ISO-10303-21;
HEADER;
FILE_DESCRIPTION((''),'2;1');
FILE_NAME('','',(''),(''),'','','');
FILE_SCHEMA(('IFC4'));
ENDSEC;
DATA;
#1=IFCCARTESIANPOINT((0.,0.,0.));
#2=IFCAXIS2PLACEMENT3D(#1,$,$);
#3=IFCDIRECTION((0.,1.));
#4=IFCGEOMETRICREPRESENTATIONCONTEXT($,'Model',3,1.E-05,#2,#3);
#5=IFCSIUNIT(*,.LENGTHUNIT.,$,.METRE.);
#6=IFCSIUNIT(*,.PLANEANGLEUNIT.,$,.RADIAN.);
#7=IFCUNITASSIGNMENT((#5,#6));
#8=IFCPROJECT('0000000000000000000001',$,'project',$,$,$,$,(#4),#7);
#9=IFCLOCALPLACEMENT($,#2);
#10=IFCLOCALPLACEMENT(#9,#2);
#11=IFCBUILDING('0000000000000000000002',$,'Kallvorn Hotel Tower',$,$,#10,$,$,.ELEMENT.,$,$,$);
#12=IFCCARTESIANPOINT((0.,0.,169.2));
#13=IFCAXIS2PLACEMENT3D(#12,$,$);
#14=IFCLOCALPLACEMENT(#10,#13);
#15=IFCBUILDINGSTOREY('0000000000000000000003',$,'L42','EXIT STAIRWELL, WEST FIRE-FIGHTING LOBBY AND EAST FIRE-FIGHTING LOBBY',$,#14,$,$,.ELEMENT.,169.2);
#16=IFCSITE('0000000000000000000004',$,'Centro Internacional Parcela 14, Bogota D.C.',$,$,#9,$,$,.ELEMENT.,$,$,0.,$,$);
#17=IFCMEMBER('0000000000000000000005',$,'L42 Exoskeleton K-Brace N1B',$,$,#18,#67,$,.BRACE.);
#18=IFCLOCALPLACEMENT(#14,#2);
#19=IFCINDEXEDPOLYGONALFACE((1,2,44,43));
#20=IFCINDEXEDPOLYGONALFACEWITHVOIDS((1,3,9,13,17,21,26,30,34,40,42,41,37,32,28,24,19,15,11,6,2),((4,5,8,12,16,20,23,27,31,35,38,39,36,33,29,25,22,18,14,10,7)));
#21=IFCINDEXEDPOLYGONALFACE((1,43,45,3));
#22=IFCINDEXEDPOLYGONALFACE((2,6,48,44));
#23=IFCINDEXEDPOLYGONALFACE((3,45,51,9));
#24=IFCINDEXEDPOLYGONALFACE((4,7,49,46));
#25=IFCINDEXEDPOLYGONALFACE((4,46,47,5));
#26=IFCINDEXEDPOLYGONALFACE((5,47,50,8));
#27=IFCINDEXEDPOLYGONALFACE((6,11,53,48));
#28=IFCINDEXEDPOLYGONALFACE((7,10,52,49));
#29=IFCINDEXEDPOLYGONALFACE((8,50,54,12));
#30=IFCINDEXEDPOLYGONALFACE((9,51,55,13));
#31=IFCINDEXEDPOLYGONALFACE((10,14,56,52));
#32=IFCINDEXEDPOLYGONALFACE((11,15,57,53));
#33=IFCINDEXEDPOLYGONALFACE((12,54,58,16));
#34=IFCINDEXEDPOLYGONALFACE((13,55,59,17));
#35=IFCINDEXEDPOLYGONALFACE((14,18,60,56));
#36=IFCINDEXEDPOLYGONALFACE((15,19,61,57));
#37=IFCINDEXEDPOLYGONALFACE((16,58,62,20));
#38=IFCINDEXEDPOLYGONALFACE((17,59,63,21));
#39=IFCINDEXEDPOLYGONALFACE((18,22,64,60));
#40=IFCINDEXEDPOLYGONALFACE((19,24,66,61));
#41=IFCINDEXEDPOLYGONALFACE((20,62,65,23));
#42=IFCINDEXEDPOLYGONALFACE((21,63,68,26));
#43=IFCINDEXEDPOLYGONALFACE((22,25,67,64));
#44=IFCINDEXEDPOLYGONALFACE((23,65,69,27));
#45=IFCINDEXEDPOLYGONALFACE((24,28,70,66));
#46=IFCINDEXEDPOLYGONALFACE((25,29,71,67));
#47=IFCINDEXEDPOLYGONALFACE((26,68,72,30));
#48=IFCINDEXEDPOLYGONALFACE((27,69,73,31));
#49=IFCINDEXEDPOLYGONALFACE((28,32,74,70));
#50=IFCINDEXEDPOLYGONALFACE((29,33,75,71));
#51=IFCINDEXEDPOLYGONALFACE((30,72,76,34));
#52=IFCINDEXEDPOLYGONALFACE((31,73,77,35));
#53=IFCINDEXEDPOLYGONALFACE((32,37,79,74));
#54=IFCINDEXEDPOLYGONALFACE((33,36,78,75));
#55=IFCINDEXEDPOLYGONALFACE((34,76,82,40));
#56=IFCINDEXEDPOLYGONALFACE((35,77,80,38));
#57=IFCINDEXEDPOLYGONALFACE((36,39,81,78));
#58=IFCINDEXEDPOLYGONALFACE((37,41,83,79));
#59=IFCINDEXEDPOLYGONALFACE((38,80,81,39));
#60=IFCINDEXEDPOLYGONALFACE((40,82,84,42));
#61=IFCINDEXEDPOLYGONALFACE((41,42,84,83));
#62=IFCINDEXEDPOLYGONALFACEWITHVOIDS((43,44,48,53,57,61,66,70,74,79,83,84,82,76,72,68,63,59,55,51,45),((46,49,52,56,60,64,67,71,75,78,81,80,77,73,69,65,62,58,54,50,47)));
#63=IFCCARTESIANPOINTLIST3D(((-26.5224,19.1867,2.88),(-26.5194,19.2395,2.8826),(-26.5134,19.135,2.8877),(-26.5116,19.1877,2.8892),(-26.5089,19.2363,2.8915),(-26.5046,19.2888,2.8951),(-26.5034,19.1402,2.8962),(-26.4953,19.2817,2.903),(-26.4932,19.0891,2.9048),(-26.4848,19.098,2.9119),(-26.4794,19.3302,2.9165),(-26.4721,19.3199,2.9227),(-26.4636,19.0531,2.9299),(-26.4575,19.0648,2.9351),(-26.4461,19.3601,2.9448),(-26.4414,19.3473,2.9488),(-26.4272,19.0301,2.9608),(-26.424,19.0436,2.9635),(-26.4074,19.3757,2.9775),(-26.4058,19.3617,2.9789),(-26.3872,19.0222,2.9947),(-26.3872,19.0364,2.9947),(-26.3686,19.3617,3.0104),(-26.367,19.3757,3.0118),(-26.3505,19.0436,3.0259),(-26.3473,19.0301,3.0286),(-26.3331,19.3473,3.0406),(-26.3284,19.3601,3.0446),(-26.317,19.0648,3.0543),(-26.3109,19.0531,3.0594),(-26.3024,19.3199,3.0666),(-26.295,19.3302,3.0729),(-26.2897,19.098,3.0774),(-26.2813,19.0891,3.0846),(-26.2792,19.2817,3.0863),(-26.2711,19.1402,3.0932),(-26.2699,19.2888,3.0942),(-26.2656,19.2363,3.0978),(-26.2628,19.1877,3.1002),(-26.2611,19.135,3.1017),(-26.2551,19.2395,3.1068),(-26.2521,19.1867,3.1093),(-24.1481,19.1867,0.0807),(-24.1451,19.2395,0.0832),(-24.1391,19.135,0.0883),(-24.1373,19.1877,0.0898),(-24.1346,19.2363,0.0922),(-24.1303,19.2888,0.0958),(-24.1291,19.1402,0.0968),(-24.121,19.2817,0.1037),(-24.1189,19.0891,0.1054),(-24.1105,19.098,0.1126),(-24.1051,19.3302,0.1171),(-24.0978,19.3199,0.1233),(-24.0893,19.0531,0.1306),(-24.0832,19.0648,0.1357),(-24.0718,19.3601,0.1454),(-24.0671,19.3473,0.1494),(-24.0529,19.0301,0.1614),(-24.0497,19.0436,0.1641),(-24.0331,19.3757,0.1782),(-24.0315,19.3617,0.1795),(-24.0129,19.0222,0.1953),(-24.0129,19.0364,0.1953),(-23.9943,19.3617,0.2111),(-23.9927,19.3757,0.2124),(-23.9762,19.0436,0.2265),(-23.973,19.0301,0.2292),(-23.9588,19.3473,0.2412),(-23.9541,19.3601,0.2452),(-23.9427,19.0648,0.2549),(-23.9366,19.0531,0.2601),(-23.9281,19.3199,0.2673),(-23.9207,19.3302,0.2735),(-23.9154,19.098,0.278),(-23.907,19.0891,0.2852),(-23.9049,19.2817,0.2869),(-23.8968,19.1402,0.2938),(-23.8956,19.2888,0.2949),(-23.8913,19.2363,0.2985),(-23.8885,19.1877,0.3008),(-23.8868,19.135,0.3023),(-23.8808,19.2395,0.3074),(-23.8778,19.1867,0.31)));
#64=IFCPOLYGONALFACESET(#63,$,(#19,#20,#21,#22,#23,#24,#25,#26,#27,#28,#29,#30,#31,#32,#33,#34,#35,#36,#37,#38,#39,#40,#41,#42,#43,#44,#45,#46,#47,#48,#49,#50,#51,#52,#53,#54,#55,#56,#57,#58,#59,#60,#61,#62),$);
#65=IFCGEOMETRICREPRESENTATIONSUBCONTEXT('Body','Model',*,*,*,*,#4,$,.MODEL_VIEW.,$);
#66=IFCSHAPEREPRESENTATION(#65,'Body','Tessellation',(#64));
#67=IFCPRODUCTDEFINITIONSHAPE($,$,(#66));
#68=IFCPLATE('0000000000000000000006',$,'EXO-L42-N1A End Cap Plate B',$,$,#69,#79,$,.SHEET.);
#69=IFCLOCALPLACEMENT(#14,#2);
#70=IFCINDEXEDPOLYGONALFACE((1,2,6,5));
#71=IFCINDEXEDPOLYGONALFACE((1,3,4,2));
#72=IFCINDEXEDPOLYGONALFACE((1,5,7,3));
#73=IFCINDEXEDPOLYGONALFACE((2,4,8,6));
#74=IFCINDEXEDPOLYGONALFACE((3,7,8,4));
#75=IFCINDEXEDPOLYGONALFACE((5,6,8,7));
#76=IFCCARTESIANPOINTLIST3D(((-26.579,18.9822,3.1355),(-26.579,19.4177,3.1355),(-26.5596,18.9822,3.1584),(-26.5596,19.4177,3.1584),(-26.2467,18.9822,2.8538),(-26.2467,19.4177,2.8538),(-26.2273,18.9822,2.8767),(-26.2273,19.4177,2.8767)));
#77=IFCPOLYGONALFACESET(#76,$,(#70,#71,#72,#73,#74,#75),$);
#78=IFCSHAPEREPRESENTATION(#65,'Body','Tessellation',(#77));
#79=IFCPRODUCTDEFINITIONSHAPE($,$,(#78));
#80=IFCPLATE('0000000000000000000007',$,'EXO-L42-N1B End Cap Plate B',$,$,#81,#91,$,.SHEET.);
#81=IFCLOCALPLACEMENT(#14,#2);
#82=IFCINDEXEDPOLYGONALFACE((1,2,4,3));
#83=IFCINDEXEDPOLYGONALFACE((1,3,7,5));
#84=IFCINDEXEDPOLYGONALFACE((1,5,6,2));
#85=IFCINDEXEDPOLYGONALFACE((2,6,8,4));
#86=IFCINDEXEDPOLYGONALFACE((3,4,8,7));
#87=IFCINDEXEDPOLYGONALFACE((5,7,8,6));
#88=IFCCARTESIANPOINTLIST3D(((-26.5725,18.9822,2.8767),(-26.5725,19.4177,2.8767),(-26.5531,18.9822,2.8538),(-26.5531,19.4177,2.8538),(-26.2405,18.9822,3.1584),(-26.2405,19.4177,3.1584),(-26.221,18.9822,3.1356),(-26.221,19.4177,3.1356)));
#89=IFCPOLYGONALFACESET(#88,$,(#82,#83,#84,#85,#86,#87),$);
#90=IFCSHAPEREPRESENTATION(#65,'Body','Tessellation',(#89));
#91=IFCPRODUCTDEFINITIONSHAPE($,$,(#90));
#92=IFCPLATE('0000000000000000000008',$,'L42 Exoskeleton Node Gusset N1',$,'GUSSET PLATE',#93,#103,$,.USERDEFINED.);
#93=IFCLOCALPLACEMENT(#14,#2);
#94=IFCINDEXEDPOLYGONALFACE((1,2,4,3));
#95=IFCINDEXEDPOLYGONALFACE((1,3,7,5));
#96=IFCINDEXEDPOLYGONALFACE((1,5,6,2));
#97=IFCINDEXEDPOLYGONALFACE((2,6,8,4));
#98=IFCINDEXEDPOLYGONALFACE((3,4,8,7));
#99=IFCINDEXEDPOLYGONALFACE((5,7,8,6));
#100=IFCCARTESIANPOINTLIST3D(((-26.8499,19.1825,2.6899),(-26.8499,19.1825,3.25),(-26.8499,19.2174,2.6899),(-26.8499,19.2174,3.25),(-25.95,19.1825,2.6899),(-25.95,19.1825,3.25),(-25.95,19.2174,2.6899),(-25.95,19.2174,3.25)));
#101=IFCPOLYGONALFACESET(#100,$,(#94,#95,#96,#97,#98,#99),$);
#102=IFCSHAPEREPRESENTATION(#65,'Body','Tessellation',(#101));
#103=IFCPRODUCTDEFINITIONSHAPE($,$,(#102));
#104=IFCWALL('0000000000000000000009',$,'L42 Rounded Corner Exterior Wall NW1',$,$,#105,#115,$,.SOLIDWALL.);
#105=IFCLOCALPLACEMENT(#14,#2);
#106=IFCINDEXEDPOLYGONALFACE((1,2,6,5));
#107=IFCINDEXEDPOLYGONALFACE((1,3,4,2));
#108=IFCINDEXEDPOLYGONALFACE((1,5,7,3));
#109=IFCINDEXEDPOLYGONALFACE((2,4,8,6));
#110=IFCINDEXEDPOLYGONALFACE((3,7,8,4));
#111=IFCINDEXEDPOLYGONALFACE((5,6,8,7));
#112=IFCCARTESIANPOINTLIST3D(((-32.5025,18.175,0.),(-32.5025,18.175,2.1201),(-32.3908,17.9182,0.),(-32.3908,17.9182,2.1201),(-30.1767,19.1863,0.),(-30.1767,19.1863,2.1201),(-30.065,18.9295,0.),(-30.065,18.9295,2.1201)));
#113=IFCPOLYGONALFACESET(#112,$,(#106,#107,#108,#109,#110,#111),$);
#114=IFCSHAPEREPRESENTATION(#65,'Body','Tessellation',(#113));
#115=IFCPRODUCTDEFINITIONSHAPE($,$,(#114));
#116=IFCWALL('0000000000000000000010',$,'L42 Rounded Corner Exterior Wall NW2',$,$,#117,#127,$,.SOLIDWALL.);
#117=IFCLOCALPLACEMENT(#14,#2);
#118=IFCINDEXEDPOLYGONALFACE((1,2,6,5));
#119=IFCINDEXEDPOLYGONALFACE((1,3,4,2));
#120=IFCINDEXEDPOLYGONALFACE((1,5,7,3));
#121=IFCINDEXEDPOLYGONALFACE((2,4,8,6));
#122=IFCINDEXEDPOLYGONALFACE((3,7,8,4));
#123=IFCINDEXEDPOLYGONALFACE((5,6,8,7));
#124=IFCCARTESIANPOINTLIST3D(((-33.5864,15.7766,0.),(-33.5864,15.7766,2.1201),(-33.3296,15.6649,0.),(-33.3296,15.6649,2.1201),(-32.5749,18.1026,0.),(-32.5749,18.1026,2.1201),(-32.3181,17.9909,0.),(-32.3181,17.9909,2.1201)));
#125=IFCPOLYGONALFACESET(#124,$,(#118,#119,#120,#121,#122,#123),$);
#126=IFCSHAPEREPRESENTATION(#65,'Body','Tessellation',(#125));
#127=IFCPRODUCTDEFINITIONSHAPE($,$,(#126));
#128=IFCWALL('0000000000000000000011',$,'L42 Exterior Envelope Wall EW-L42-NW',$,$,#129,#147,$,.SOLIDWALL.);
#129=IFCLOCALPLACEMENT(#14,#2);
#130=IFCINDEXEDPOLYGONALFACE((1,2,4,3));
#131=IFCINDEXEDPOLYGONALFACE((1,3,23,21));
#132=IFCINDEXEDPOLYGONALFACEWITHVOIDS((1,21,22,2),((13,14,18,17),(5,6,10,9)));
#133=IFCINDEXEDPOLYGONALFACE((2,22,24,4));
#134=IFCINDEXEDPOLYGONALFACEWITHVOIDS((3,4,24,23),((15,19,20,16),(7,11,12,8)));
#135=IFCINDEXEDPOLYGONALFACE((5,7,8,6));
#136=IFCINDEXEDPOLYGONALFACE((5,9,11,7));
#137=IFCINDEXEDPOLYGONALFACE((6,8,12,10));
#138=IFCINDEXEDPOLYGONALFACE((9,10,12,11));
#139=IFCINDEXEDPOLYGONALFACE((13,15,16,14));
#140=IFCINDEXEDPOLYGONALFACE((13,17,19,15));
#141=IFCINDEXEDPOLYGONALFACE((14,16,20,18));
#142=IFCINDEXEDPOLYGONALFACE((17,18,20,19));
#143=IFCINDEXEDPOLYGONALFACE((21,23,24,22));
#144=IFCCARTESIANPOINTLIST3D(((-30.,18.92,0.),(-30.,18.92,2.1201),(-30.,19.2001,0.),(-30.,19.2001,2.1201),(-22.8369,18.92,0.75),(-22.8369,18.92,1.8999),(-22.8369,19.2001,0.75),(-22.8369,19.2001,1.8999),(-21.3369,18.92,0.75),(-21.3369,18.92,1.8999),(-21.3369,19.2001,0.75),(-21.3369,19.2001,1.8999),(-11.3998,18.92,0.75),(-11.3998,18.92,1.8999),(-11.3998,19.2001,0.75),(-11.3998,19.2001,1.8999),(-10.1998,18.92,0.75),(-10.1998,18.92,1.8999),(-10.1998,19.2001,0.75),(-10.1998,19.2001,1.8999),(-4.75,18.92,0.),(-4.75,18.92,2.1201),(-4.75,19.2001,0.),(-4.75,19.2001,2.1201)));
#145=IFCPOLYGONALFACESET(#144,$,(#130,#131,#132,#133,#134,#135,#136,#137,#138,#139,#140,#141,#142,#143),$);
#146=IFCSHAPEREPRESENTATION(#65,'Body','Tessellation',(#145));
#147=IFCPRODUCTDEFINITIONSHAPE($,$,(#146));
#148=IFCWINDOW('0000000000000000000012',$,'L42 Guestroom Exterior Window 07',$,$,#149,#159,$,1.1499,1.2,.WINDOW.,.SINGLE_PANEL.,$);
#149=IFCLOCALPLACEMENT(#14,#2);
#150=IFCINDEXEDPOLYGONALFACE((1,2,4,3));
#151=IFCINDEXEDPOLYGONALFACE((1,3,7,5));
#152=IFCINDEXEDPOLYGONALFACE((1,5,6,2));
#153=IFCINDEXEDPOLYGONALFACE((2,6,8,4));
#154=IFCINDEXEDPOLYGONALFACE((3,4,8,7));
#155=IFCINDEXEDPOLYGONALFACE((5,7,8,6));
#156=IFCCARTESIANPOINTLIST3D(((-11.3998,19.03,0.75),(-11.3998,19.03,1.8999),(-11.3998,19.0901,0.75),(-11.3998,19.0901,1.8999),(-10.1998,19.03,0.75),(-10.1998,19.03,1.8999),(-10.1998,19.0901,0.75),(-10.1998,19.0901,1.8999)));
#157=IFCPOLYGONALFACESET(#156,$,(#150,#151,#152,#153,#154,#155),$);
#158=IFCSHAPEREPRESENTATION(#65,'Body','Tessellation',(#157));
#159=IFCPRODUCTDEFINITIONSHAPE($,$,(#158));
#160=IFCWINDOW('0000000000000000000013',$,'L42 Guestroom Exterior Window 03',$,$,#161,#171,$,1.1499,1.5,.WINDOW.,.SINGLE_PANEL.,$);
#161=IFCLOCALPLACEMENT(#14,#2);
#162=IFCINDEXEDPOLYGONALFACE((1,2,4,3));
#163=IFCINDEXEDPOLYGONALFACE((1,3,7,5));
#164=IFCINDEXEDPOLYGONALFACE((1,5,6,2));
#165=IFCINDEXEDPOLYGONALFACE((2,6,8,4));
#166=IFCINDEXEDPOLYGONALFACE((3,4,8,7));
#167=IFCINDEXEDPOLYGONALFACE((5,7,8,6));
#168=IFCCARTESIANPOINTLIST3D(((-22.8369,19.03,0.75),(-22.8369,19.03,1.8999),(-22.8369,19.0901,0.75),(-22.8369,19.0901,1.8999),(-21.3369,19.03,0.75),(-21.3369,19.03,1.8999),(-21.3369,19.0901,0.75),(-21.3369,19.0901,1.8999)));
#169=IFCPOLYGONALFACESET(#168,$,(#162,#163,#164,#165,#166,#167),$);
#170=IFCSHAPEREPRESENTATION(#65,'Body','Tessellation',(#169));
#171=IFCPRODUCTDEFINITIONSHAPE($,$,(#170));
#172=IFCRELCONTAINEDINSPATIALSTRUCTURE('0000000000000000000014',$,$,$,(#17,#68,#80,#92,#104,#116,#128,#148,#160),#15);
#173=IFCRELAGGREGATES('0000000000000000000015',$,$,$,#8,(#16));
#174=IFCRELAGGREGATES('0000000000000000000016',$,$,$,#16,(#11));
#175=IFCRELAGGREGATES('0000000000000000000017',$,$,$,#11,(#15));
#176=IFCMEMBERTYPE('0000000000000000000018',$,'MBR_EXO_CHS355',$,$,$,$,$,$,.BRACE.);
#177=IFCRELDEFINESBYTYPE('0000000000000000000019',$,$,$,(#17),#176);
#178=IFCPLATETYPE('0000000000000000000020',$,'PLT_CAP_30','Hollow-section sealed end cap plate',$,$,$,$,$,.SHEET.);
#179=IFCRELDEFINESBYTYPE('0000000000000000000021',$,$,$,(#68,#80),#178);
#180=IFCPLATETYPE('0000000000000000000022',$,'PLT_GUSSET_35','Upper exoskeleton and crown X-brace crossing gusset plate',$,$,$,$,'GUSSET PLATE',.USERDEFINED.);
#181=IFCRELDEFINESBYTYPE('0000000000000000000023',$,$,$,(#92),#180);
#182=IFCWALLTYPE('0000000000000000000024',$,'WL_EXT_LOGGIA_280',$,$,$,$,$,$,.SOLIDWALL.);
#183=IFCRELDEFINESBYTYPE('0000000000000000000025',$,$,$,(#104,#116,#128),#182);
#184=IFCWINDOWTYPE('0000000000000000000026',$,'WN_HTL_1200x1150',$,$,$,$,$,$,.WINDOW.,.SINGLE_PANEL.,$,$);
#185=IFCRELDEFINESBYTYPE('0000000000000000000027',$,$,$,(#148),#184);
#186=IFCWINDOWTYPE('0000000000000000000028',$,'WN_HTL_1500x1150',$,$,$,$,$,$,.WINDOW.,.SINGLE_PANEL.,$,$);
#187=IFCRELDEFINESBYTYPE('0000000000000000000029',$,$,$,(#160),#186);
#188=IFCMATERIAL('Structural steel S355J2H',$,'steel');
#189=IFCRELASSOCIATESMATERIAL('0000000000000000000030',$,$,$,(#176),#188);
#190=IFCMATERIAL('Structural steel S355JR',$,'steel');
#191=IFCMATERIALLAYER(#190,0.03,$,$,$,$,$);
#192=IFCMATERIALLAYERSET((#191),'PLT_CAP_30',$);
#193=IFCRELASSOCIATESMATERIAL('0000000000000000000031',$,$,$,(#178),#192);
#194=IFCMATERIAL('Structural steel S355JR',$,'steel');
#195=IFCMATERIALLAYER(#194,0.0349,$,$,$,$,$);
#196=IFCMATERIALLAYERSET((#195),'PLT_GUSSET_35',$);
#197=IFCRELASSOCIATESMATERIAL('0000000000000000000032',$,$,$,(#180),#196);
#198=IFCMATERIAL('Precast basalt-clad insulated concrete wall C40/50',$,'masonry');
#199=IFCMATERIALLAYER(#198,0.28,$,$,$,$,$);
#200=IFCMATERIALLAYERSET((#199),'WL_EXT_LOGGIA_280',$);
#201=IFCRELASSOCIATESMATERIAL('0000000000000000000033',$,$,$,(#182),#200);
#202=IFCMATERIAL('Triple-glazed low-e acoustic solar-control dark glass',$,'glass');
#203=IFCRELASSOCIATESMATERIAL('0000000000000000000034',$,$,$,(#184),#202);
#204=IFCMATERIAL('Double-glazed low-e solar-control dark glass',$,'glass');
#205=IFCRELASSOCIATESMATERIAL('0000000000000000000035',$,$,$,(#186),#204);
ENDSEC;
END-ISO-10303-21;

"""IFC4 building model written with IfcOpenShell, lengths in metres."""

from ifc_helpers import new_model, si_unit, direction, frame, frame_2d, origin, origin_2d, place, context, subcontext, project, spatial, polyline, rectangle, hollow_circle, outline, extrude, material, layer, layer_set, material_profile, profile_set, type_object, element, fill, save


model = new_model("IFC4")

# Units and contexts
model_context = context("Model", 3, precision=1e-05, world=origin(), true_north=direction((0.0, 1.0)))
body_context = subcontext(model_context, "Body", "Model", "MODEL_VIEW")
ifc_project = project(units=[si_unit("LENGTHUNIT", "METRE"), si_unit("PLANEANGLEUNIT", "RADIAN")], contexts=[model_context])

# Site, building, storey
site_placement = place(None, origin())
site = spatial("IfcSite", under=ifc_project, at=site_placement, Name="Centro Internacional Parcela 14, Bogota D.C.", CompositionType="ELEMENT", RefElevation=0.0)
building_placement = place(site_placement, origin())
building = spatial("IfcBuilding", under=site, at=building_placement, Name="Kallvorn Hotel Tower", CompositionType="ELEMENT")
storey_placement = place(building_placement, frame((0.0, 0.0, 169.2)))
storey = spatial("IfcBuildingStorey", under=building, at=storey_placement, Name="L42", Description="EXIT STAIRWELL, WEST FIRE-FIGHTING LOBBY AND EAST FIRE-FIGHTING LOBBY", CompositionType="ELEMENT", Elevation=169.2)

# Member
ifc_material_1 = material(Name="Structural steel S355J2H", Category="steel")
ifc_material_profile_1 = material_profile(ifc_material_1, hollow_circle(Radius=0.1777, WallThickness=0.0142, at=origin_2d()), Name="CHS 355.6x14.2")
ifc_profile_set_1 = profile_set([ifc_material_profile_1], Name="Structural steel S355J2H")
member_type_1 = type_object("IfcMemberType", Name="MBR_EXO_CHS355", PredefinedType="BRACE", material=ifc_profile_set_1)
for number, where, z_axis, x_axis, name in (
    (1, (-24.0129, 19.2, 0.1953), (-0.646833, 0.0, 0.762631), (0.0, -1.0, 0.0), "L42 Exoskeleton K-Brace N1B"),
):
    element("IfcMember", number, at=place(storey_placement, frame(where, z_axis=z_axis, x_axis=x_axis)), inside=storey, type_object=member_type_1, Name=name, PredefinedType="BRACE", context=body_context, shape_type="SweptSolid", body=[
        extrude(hollow_circle(Radius=0.1777, WallThickness=0.0142, at=origin_2d()), origin(), (0.0, 0.0, 1.0), 3.6707),
    ])

# Plates
ifc_material_2 = material(Name="Structural steel S355JR", Category="steel")
ifc_layer_1 = layer(ifc_material_2, 0.03)
ifc_layer_set_1 = layer_set([ifc_layer_1], Name="PLT_CAP_30")
plate_type_1 = type_object("IfcPlateType", Name="PLT_CAP_30", Description="Hollow-section sealed end cap plate", PredefinedType="SHEET", material=ifc_layer_set_1)
plate_1_placement = place(storey_placement, frame((-26.2273, 18.9822, 2.8767), z_axis=(0.646721, 0.0, 0.762727), x_axis=(0.0, 1.0, 0.0)))
element("IfcPlate", 2, at=plate_1_placement, inside=storey, type_object=plate_type_1, Name="EXO-L42-N1A End Cap Plate B", PredefinedType="SHEET", context=body_context, shape_type="SweptSolid", body=[
    extrude(outline(polyline([(0.0, 0.0), (0.4355, 0.0), (0.4355, 0.4356), (0.0, 0.4356), (0.0, 0.0)])), origin(), (0.0, 0.0, -1.0), 0.03),
])
plate_2_placement = place(storey_placement, frame((-26.5725, 19.4177, 2.8767), z_axis=(-0.646997, 0.0, 0.762492), x_axis=(0.0, -1.0, 0.0)))
element("IfcPlate", 3, at=plate_2_placement, inside=storey, type_object=plate_type_1, Name="EXO-L42-N1B End Cap Plate B", PredefinedType="SHEET", context=body_context, shape_type="SweptSolid", body=[
    extrude(outline(polyline([(0.0, 0.0), (0.4355, 0.0), (0.4355, 0.4355), (0.0, 0.4355), (0.0, 0.0)])), origin(), (0.0, 0.0, -1.0), 0.03),
])
ifc_material_3 = material(Name="Structural steel S355JR", Category="steel")
ifc_layer_2 = layer(ifc_material_3, 0.0349)
ifc_layer_set_2 = layer_set([ifc_layer_2], Name="PLT_GUSSET_35")
plate_type_2 = type_object("IfcPlateType", Name="PLT_GUSSET_35", Description="Upper exoskeleton and crown X-brace crossing gusset plate", ElementType="GUSSET PLATE", PredefinedType="USERDEFINED", material=ifc_layer_set_2)
plate_3_placement = place(storey_placement, frame((-26.3999, 19.2, 2.6899), z_axis=(0.0, 0.0, 1.0), x_axis=(1.0, 0.0, 0.0)))
element("IfcPlate", 4, at=plate_3_placement, inside=storey, type_object=plate_type_2, Name="L42 Exoskeleton Node Gusset N1", ObjectType="GUSSET PLATE", PredefinedType="USERDEFINED", context=body_context, shape_type="SweptSolid", body=[
    extrude(rectangle(XDim=0.8999, YDim=0.0349, at=origin_2d()), origin(), (0.0, 0.0, 1.0), 0.5601),
])

# Walls
ifc_material_4 = material(Name="Precast basalt-clad insulated concrete wall C40/50", Category="masonry")
ifc_layer_3 = layer(ifc_material_4, 0.28)
ifc_layer_set_3 = layer_set([ifc_layer_3], Name="WL_EXT_LOGGIA_280")
wall_type = type_object("IfcWallType", Name="WL_EXT_LOGGIA_280", PredefinedType="SOLIDWALL", material=ifc_layer_set_3)
wall_1_placement = place(storey_placement, frame((-30.1208, 19.0579, 0.0), z_axis=(0.0, 0.0, 1.0), x_axis=(-0.917061, -0.398747, 0.0)))
element("IfcWall", 5, at=wall_1_placement, inside=storey, type_object=wall_type, Name="L42 Rounded Corner Exterior Wall NW1", PredefinedType="SOLIDWALL", context=body_context, shape_type="SweptSolid", body=[
    extrude(rectangle(XDim=2.5361, YDim=0.28, at=frame_2d((1.2681, 0.0))), origin(), (0.0, 0.0, 1.0), 2.1201),
])
wall_2_placement = place(storey_placement, frame((-32.4465, 18.0466, 0.0), z_axis=(0.0, 0.0, 1.0), x_axis=(-0.398793, -0.917041, 0.0)))
element("IfcWall", 6, at=wall_2_placement, inside=storey, type_object=wall_type, Name="L42 Rounded Corner Exterior Wall NW2", PredefinedType="SOLIDWALL", context=body_context, shape_type="SweptSolid", body=[
    extrude(rectangle(XDim=2.5364, YDim=0.28, at=frame_2d((1.2681, 0.0))), origin(), (0.0, 0.0, 1.0), 2.1201),
])

# Wall, openings, windows
wall_3_placement = place(storey_placement, frame((-30.0, 19.0601, 0.0), z_axis=(0.0, 0.0, 1.0), x_axis=(1.0, 0.0, 0.0)))
wall_3 = element("IfcWall", 7, at=wall_3_placement, inside=storey, type_object=wall_type, Name="L42 Exterior Envelope Wall EW-L42-NW", PredefinedType="SOLIDWALL", context=body_context, shape_type="SweptSolid", body=[
    extrude(rectangle(XDim=25.25, YDim=0.28, at=frame_2d((12.625, 0.0))), origin(), (0.0, 0.0, 1.0), 2.1201),
])
opening_1_placement = place(wall_3_placement, frame((7.1631, 0.0, 0.75)))
opening_1 = element("IfcOpeningElement", 8, at=opening_1_placement, cuts=wall_3, PredefinedType="OPENING", context=body_context, shape_type="SweptSolid", body=[
    extrude(rectangle(XDim=1.5, YDim=1.1499, at=frame_2d((0.75, 0.575))), frame((0.0, 0.155, 0.0), z_axis=(0.0, -1.0, 0.0), x_axis=(1.0, 0.0, 0.0)), (0.0, 0.0, 1.0), 0.3101),
])
opening_2_placement = place(wall_3_placement, frame((18.6001, 0.0, 0.75)))
opening_2 = element("IfcOpeningElement", 9, at=opening_2_placement, cuts=wall_3, PredefinedType="OPENING", context=body_context, shape_type="SweptSolid", body=[
    extrude(rectangle(XDim=1.2, YDim=1.1499, at=frame_2d((0.6001, 0.575))), frame((0.0, 0.155, 0.0), z_axis=(0.0, -1.0, 0.0), x_axis=(1.0, 0.0, 0.0)), (0.0, 0.0, 1.0), 0.3101),
])
ifc_material_5 = material(Name="Triple-glazed low-e acoustic solar-control dark glass", Category="glass")
window_type_1 = type_object("IfcWindowType", Name="WN_HTL_1200x1150", PartitioningType="SINGLE_PANEL", PredefinedType="WINDOW", material=ifc_material_5)
window_1_placement = place(opening_2_placement, origin())
window_1 = element("IfcWindow", 10, at=window_1_placement, inside=storey, type_object=window_type_1, Name="L42 Guestroom Exterior Window 07", OverallHeight=1.1499, OverallWidth=1.2, PartitioningType="SINGLE_PANEL", PredefinedType="WINDOW", context=body_context, shape_type="SweptSolid", body=[
    extrude(rectangle(XDim=1.2, YDim=1.1499, at=frame_2d((0.6001, 0.575))), frame((0.0, 0.03, 0.0), z_axis=(0.0, -1.0, 0.0), x_axis=(1.0, 0.0, 0.0)), (0.0, 0.0, 1.0), 0.0601),
])
fill(opening_2, window_1)
ifc_material_6 = material(Name="Double-glazed low-e solar-control dark glass", Category="glass")
window_type_2 = type_object("IfcWindowType", Name="WN_HTL_1500x1150", PartitioningType="SINGLE_PANEL", PredefinedType="WINDOW", material=ifc_material_6)
window_2_placement = place(opening_1_placement, origin())
window_2 = element("IfcWindow", 11, at=window_2_placement, inside=storey, type_object=window_type_2, Name="L42 Guestroom Exterior Window 03", OverallHeight=1.1499, OverallWidth=1.5, PartitioningType="SINGLE_PANEL", PredefinedType="WINDOW", context=body_context, shape_type="SweptSolid", body=[
    extrude(rectangle(XDim=1.5, YDim=1.1499, at=frame_2d((0.75, 0.575))), frame((0.0, 0.03, 0.0), z_axis=(0.0, -1.0, 0.0), x_axis=(1.0, 0.0, 0.0)), (0.0, 0.0, 1.0), 0.0601),
])
fill(opening_1, window_2)

save(model, "model.ifc")
